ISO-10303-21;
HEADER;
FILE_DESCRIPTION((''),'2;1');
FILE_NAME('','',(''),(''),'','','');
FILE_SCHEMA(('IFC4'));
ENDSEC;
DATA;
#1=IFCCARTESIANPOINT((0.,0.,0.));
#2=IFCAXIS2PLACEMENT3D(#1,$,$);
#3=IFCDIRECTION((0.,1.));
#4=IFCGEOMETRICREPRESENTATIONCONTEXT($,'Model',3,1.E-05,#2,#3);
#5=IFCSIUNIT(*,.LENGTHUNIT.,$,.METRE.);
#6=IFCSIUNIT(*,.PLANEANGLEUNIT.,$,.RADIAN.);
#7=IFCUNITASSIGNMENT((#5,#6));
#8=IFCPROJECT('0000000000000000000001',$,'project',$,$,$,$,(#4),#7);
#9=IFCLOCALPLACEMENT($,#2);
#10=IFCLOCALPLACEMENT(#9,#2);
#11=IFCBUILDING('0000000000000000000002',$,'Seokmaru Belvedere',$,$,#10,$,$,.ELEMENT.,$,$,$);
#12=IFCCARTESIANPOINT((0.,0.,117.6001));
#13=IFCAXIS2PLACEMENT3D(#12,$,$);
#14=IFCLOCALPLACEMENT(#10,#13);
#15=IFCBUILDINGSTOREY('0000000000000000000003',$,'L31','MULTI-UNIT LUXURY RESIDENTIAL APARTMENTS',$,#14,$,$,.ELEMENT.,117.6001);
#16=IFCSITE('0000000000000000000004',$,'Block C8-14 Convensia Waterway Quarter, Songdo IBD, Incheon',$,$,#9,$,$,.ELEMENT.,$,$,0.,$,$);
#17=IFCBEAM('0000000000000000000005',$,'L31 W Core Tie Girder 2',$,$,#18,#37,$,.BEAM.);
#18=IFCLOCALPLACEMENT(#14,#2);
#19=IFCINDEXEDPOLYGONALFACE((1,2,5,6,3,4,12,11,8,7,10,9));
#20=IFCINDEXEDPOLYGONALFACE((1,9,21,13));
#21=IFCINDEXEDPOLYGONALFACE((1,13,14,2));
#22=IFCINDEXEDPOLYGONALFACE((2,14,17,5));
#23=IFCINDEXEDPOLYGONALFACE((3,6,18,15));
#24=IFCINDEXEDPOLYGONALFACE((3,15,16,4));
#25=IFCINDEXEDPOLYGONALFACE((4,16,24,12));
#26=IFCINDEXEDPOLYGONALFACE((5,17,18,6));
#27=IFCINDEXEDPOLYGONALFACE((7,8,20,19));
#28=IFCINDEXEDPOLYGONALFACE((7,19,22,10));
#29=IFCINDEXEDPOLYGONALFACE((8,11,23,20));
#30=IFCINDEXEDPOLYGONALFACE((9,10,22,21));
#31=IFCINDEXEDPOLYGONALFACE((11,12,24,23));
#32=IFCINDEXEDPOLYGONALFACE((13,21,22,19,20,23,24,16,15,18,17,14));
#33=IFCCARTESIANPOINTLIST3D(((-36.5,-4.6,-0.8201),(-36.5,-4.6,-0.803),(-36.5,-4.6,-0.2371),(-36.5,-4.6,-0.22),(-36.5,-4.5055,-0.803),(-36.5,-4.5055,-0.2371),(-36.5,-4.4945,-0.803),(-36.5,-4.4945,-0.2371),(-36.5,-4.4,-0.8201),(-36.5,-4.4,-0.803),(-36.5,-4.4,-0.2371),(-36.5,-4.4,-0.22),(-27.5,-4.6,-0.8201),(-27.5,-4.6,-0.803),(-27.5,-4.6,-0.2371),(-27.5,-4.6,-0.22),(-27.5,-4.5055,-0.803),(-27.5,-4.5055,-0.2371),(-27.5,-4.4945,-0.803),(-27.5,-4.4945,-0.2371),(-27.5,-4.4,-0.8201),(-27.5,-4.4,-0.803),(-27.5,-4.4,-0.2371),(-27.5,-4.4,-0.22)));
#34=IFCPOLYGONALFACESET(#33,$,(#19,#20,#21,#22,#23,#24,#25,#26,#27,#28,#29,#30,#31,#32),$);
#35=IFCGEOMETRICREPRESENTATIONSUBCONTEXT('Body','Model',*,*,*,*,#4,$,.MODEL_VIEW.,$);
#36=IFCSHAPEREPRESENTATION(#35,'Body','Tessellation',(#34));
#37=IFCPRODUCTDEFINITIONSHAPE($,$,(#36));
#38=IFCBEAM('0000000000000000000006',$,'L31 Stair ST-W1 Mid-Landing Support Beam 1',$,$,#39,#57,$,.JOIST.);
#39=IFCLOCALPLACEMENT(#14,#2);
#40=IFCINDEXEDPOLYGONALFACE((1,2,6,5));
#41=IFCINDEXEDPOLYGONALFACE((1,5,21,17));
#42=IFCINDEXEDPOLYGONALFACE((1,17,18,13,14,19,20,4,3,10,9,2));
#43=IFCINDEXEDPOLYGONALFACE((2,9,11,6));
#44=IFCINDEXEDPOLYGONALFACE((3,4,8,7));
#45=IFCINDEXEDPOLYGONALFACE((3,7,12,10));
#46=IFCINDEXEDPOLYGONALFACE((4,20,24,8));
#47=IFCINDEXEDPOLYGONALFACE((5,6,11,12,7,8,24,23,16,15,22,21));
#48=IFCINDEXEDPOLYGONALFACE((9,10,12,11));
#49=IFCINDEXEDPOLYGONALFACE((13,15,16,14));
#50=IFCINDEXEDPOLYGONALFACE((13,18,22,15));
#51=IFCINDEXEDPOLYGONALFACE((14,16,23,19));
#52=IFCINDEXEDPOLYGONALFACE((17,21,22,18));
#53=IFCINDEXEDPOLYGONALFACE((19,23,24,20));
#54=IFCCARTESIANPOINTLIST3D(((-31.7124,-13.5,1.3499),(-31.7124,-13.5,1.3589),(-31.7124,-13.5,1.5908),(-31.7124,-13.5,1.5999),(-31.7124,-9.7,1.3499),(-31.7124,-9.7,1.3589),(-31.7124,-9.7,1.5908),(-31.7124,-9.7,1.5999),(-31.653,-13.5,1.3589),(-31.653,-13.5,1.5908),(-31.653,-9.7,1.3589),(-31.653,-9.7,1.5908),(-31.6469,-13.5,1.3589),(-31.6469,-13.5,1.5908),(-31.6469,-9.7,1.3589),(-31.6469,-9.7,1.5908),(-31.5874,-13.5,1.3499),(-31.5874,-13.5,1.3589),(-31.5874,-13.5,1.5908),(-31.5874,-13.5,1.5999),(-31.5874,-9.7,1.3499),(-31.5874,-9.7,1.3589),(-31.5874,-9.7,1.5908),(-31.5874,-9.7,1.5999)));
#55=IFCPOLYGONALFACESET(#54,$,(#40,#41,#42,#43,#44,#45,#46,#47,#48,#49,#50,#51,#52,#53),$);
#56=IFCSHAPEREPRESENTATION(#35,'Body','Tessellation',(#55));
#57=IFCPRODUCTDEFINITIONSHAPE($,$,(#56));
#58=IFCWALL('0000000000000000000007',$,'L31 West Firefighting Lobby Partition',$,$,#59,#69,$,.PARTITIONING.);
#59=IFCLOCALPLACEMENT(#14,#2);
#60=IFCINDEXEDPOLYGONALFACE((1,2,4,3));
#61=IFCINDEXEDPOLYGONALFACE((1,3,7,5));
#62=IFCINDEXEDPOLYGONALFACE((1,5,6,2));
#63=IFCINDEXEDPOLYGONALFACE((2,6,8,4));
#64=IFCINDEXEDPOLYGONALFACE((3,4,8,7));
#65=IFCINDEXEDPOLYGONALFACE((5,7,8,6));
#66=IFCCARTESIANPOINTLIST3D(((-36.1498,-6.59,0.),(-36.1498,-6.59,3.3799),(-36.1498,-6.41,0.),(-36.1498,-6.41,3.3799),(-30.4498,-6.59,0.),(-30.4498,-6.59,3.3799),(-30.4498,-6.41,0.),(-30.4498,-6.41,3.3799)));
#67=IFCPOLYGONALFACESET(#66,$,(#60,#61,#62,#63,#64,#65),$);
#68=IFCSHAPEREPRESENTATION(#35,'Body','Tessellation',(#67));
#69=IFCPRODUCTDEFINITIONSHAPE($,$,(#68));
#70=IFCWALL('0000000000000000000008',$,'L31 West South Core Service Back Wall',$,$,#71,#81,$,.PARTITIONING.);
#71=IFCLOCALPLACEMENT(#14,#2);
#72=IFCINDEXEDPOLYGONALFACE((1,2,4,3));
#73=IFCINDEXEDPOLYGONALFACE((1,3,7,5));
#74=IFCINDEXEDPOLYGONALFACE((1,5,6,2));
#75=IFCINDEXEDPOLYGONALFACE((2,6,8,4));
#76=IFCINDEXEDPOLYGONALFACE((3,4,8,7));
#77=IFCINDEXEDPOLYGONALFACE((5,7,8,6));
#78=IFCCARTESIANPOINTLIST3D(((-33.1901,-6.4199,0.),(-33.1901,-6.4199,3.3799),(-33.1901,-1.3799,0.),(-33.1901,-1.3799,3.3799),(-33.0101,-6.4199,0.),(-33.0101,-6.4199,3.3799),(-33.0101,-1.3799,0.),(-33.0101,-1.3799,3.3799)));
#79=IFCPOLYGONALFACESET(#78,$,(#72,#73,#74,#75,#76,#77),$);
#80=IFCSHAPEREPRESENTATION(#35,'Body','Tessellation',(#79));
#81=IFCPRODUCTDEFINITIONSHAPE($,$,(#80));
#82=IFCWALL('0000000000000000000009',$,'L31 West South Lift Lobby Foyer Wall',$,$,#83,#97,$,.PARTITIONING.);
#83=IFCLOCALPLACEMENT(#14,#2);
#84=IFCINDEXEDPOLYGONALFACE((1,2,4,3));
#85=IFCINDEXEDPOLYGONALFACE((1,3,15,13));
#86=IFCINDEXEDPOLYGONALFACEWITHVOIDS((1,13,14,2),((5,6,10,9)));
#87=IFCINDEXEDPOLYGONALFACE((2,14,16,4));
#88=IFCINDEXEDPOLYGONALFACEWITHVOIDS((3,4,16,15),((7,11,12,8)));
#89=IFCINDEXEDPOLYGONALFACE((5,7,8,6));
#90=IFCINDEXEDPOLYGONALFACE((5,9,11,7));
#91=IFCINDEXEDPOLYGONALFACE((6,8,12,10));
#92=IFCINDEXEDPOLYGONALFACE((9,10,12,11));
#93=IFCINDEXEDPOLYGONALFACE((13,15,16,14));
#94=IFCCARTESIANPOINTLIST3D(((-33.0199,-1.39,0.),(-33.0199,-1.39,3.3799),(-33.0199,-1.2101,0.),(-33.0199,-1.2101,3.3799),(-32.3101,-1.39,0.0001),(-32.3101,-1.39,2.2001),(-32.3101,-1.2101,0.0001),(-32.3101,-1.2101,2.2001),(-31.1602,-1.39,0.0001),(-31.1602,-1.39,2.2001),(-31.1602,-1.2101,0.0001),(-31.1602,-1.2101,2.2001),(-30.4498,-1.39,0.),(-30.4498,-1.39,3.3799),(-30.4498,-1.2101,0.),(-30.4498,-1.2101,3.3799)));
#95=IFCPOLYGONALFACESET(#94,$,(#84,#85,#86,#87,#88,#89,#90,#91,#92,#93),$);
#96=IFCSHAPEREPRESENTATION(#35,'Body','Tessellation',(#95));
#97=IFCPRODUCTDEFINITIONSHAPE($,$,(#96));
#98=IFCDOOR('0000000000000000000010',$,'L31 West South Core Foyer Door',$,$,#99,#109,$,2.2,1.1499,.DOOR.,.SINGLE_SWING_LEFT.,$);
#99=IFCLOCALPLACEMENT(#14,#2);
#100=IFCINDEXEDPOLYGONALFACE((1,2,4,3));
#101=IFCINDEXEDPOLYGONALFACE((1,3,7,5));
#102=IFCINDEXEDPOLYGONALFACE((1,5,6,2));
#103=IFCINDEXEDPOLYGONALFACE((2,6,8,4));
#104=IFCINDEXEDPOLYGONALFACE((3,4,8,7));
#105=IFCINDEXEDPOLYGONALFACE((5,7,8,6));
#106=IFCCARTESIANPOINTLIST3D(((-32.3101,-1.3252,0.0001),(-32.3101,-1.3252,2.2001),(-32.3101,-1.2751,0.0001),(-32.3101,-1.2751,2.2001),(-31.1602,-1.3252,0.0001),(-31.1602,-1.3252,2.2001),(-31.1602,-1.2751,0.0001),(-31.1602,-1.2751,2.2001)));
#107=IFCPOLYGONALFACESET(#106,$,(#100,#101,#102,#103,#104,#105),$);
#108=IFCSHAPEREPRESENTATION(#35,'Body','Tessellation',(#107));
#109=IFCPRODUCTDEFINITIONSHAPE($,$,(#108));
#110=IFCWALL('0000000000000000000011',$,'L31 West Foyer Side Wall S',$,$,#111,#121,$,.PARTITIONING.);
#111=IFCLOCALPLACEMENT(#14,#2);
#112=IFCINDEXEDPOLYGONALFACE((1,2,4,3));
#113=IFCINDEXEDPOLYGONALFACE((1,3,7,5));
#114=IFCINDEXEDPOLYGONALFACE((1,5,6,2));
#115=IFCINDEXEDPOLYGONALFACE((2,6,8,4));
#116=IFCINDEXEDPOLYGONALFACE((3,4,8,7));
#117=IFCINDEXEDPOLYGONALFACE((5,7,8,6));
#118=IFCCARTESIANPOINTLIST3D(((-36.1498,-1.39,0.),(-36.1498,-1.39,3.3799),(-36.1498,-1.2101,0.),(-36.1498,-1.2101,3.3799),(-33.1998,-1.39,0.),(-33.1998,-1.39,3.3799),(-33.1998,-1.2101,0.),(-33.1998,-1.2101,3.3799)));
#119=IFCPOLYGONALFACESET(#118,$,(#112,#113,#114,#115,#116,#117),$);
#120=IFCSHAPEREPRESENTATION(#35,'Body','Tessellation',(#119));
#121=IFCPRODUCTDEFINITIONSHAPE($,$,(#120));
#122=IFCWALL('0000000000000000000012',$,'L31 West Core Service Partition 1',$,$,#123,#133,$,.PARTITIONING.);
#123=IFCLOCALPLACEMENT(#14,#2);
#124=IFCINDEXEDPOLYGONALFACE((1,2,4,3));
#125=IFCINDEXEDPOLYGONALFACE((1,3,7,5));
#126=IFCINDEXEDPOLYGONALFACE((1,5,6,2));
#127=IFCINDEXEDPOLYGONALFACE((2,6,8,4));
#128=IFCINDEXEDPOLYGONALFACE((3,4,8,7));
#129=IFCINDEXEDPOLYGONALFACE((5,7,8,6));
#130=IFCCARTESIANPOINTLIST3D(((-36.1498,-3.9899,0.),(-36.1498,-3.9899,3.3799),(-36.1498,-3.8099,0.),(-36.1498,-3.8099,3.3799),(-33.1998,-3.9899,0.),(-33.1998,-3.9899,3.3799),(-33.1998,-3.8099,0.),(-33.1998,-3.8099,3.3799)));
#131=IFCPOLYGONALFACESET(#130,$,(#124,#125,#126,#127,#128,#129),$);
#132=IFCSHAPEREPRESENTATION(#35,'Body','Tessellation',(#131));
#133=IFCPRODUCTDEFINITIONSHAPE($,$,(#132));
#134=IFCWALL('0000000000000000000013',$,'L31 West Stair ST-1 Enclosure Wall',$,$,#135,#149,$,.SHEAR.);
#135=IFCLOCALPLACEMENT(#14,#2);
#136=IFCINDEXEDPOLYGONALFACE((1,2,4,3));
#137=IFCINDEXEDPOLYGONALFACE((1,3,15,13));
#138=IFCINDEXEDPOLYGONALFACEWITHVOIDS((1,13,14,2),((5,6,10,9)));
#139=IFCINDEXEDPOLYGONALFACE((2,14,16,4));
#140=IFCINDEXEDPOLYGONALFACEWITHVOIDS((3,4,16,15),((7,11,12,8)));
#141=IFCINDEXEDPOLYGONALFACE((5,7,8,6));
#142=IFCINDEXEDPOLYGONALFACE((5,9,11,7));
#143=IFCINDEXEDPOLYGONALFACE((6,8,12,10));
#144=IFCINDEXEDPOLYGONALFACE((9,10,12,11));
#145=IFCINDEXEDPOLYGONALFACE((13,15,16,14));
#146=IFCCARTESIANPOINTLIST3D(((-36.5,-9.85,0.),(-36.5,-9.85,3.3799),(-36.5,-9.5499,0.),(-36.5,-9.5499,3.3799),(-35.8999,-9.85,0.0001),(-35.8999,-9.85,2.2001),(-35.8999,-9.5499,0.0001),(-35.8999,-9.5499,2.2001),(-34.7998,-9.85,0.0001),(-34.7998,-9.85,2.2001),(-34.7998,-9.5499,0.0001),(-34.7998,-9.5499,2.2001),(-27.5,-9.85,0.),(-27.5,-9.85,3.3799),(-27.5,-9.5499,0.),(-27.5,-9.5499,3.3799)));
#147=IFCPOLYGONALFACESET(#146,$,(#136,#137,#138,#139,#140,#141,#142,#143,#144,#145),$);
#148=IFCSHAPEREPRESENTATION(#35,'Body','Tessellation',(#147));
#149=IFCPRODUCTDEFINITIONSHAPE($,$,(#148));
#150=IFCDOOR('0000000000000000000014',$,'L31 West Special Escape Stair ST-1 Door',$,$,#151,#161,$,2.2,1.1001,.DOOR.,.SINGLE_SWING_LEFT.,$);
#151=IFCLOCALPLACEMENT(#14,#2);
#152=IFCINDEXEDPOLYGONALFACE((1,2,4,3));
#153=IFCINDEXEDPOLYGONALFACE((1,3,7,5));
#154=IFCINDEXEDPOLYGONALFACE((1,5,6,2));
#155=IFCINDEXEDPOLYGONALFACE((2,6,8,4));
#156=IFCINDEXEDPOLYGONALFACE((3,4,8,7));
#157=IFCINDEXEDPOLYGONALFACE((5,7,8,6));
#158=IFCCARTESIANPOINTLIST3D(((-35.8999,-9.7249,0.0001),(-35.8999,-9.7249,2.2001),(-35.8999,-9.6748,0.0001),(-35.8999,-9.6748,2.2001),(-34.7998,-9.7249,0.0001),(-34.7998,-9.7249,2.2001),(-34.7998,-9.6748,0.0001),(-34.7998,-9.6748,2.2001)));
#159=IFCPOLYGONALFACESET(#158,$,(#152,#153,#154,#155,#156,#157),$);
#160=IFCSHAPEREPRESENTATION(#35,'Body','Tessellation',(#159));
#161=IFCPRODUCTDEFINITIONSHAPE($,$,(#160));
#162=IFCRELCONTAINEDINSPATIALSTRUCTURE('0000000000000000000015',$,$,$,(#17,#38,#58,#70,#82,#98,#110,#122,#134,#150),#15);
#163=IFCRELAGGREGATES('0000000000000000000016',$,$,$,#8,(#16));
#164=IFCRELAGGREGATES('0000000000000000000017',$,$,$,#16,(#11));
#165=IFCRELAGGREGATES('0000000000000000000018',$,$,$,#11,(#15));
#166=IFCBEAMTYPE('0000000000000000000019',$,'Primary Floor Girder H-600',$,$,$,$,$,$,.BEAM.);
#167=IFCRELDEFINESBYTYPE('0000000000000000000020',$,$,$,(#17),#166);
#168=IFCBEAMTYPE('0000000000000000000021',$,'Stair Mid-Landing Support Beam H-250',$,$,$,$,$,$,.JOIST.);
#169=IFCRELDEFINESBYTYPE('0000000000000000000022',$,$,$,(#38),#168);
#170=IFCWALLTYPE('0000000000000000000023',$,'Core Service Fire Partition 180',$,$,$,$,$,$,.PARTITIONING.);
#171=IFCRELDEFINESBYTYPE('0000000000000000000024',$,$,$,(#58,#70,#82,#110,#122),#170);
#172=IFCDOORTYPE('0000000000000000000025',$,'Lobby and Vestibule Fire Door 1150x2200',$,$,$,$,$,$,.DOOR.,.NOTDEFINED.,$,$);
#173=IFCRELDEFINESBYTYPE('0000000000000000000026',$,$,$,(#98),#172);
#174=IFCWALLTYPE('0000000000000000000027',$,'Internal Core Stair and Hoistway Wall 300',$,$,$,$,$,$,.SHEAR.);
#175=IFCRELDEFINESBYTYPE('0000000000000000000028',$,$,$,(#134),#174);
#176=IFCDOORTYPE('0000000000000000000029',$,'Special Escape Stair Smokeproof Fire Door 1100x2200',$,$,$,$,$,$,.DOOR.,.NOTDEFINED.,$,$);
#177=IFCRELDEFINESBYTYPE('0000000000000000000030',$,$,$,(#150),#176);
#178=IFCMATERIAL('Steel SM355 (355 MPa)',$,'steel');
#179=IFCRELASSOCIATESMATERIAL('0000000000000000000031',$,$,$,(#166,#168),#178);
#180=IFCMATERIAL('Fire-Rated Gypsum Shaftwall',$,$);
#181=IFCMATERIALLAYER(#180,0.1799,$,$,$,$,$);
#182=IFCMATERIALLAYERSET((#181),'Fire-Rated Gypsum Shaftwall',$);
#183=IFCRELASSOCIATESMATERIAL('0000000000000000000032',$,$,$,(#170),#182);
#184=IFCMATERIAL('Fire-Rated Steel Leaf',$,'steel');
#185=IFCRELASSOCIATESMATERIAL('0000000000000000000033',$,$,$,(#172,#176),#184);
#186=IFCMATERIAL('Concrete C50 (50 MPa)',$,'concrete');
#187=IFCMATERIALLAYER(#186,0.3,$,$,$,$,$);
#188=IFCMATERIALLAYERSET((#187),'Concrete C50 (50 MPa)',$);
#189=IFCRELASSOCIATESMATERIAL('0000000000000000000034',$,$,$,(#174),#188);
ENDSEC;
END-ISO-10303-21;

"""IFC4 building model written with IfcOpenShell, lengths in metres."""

from ifc_helpers import new_model, si_unit, direction, frame, frame_2d, origin, origin_2d, place, context, subcontext, project, spatial, rectangle, i_section, extrude, source, transform, mapped, material, layer, layer_set, material_profile, profile_set, type_object, type_shapes, element, fill, save


model = new_model("IFC4")

# Units and contexts
model_context = context("Model", 3, precision=1e-05, world=origin(), true_north=direction((0.0, 1.0)))
body_context = subcontext(model_context, "Body", "Model", "MODEL_VIEW")
ifc_project = project(units=[si_unit("LENGTHUNIT", "METRE"), si_unit("PLANEANGLEUNIT", "RADIAN")], contexts=[model_context])

# Site, building, storey
site_placement = place(None, origin())
site = spatial("IfcSite", under=ifc_project, at=site_placement, Name="Block C8-14 Convensia Waterway Quarter, Songdo IBD, Incheon", CompositionType="ELEMENT", RefElevation=0.0)
building_placement = place(site_placement, origin())
building = spatial("IfcBuilding", under=site, at=building_placement, Name="Seokmaru Belvedere", CompositionType="ELEMENT")
storey_placement = place(building_placement, frame((0.0, 0.0, 117.6001)))
storey = spatial("IfcBuildingStorey", under=building, at=storey_placement, Name="L31", Description="MULTI-UNIT LUXURY RESIDENTIAL APARTMENTS", CompositionType="ELEMENT", Elevation=117.6001)

# Beams
ifc_material_1 = material(Name="Steel SM355 (355 MPa)", Category="steel")
ifc_material_profile_1 = material_profile(ifc_material_1, i_section(OverallWidth=0.2, OverallDepth=0.6001, WebThickness=0.011, FlangeThickness=0.0171, at=origin_2d()), Name="H-600x200x11x17")
ifc_profile_set_1 = profile_set([ifc_material_profile_1], Name="Steel SM355 (355 MPa)")
beam_type_1 = type_object("IfcBeamType", Name="Primary Floor Girder H-600", PredefinedType="BEAM", material=ifc_profile_set_1)
shared_shape_1 = source(origin(), body_context, "Body", "SweptSolid", [
    extrude(i_section(OverallWidth=0.2, OverallDepth=0.6001, WebThickness=0.011, FlangeThickness=0.0171, at=origin_2d()), origin(), (0.0, 0.0, 1.0), 9.0),
])
type_shapes(beam_type_1, [shared_shape_1])
beam_1_placement = place(storey_placement, frame((-36.5, -4.5, -0.52), z_axis=(1.0, 0.0, 0.0), x_axis=(0.0, 1.0, 0.0)))
element("IfcBeam", 1, at=beam_1_placement, inside=storey, type_object=beam_type_1, Name="L31 W Core Tie Girder 2", PredefinedType="BEAM", context=body_context, shape_type="MappedRepresentation", body=[
    mapped(shared_shape_1, transform((0.0, 0.0, 0.0), scale=1.0)),
])
ifc_material_profile_2 = material_profile(ifc_material_1, i_section(OverallWidth=0.125, OverallDepth=0.25, WebThickness=0.0061, FlangeThickness=0.009, at=origin_2d()), Name="H-250x125x6x9")
ifc_profile_set_2 = profile_set([ifc_material_profile_2], Name="Steel SM355 (355 MPa)")
beam_type_2 = type_object("IfcBeamType", Name="Stair Mid-Landing Support Beam H-250", PredefinedType="JOIST", material=ifc_profile_set_2)
shared_shape_2 = source(origin(), body_context, "Body", "SweptSolid", [
    extrude(i_section(OverallWidth=0.125, OverallDepth=0.25, WebThickness=0.0061, FlangeThickness=0.009, at=origin_2d()), origin(), (0.0, 0.0, 1.0), 3.8),
])
type_shapes(beam_type_2, [shared_shape_2])
beam_2_placement = place(storey_placement, frame((-31.6499, -13.5, 1.4749), z_axis=(0.0, 1.0, 0.0), x_axis=(-1.0, 0.0, 0.0)))
element("IfcBeam", 2, at=beam_2_placement, inside=storey, type_object=beam_type_2, Name="L31 Stair ST-W1 Mid-Landing Support Beam 1", PredefinedType="JOIST", context=body_context, shape_type="MappedRepresentation", body=[
    mapped(shared_shape_2, transform((0.0, 0.0, 0.0), scale=1.0)),
])

# Walls
ifc_material_2 = material(Name="Fire-Rated Gypsum Shaftwall")
ifc_layer_1 = layer(ifc_material_2, 0.1799)
ifc_layer_set_1 = layer_set([ifc_layer_1], Name="Fire-Rated Gypsum Shaftwall")
wall_type_1 = type_object("IfcWallType", Name="Core Service Fire Partition 180", PredefinedType="PARTITIONING", material=ifc_layer_set_1)
wall_1_placement = place(storey_placement, frame((-36.1499, -6.5, 0.0), z_axis=(0.0, 0.0, 1.0), x_axis=(1.0, 0.0, 0.0)))
element("IfcWall", 3, at=wall_1_placement, inside=storey, type_object=wall_type_1, Name="L31 West Firefighting Lobby Partition", PredefinedType="PARTITIONING", context=body_context, shape_type="SweptSolid", body=[
    extrude(rectangle(XDim=5.7, YDim=0.1799, at=frame_2d((2.8501, 0.0))), origin(), (0.0, 0.0, 1.0), 3.3799),
])
wall_2_placement = place(storey_placement, frame((-33.1001, -6.4199, 0.0), z_axis=(0.0, 0.0, 1.0), x_axis=(0.0, 1.0, 0.0)))
element("IfcWall", 4, at=wall_2_placement, inside=storey, type_object=wall_type_1, Name="L31 West South Core Service Back Wall", PredefinedType="PARTITIONING", context=body_context, shape_type="SweptSolid", body=[
    extrude(rectangle(XDim=5.04, YDim=0.1799, at=frame_2d((2.52, 0.0))), origin(), (0.0, 0.0, 1.0), 3.3799),
])

# Wall, opening, door
wall_3_placement = place(storey_placement, frame((-33.02, -1.3, 0.0), z_axis=(0.0, 0.0, 1.0), x_axis=(1.0, 0.0, 0.0)))
wall_3 = element("IfcWall", 5, at=wall_3_placement, inside=storey, type_object=wall_type_1, Name="L31 West South Lift Lobby Foyer Wall", PredefinedType="PARTITIONING", context=body_context, shape_type="SweptSolid", body=[
    extrude(rectangle(XDim=2.5701, YDim=0.1799, at=frame_2d((1.2852, 0.0))), origin(), (0.0, 0.0, 1.0), 3.3799),
])
opening_1_placement = place(wall_3_placement, frame((0.71, 0.0, 0.0)))
opening_1 = element("IfcOpeningElement", 6, at=opening_1_placement, cuts=wall_3, PredefinedType="OPENING", context=body_context, shape_type="SweptSolid", body=[
    extrude(rectangle(XDim=1.1499, YDim=2.2, at=frame_2d((0.575, 1.1001))), frame((0.0, 0.1001, 0.0), z_axis=(0.0, -1.0, 0.0), x_axis=(1.0, 0.0, 0.0)), (0.0, 0.0, 1.0), 0.2),
])
ifc_material_3 = material(Name="Fire-Rated Steel Leaf", Category="steel")
door_type_1 = type_object("IfcDoorType", Name="Lobby and Vestibule Fire Door 1150x2200", OperationType="NOTDEFINED", PredefinedType="DOOR", material=ifc_material_3)
shared_shape_3 = source(origin(), body_context, "Body", "SweptSolid", [
    extrude(rectangle(XDim=1.1499, YDim=2.2, at=frame_2d((0.575, 1.1001))), frame((0.0, 0.0249, 0.0), z_axis=(0.0, -1.0, 0.0), x_axis=(1.0, 0.0, 0.0)), (0.0, 0.0, 1.0), 0.05),
])
type_shapes(door_type_1, [shared_shape_3])
door_1_placement = place(opening_1_placement, origin())
door_1 = element("IfcDoor", 7, at=door_1_placement, inside=storey, type_object=door_type_1, Name="L31 West South Core Foyer Door", OperationType="SINGLE_SWING_LEFT", OverallHeight=2.2, OverallWidth=1.1499, PredefinedType="DOOR", context=body_context, shape_type="MappedRepresentation", body=[
    mapped(shared_shape_3, transform((0.0, 0.0, 0.0), scale=1.0)),
])
fill(opening_1, door_1)

# Walls
for number, where, z_axis, x_axis, name in (
    (8, (-36.1499, -1.3, 0.0), (0.0, 0.0, 1.0), (1.0, 0.0, 0.0), "L31 West Foyer Side Wall S"),
    (9, (-36.1499, -3.8999, 0.0), (0.0, 0.0, 1.0), (1.0, 0.0, 0.0), "L31 West Core Service Partition 1"),
):
    element("IfcWall", number, at=place(storey_placement, frame(where, z_axis=z_axis, x_axis=x_axis)), inside=storey, type_object=wall_type_1, Name=name, PredefinedType="PARTITIONING", context=body_context, shape_type="SweptSolid", body=[
        extrude(rectangle(XDim=2.95, YDim=0.1799, at=frame_2d((1.4751, 0.0))), origin(), (0.0, 0.0, 1.0), 3.3799),
    ])

# Wall, opening, door
ifc_material_4 = material(Name="Concrete C50 (50 MPa)", Category="concrete")
ifc_layer_2 = layer(ifc_material_4, 0.3)
ifc_layer_set_2 = layer_set([ifc_layer_2], Name="Concrete C50 (50 MPa)")
wall_type_2 = type_object("IfcWallType", Name="Internal Core Stair and Hoistway Wall 300", PredefinedType="SHEAR", material=ifc_layer_set_2)
wall_4_placement = place(storey_placement, frame((-36.5, -9.7, 0.0), z_axis=(0.0, 0.0, 1.0), x_axis=(1.0, 0.0, 0.0)))
wall_4 = element("IfcWall", 10, at=wall_4_placement, inside=storey, type_object=wall_type_2, Name="L31 West Stair ST-1 Enclosure Wall", PredefinedType="SHEAR", context=body_context, shape_type="SweptSolid", body=[
    extrude(rectangle(XDim=9.0, YDim=0.3, at=frame_2d((4.5, 0.0))), origin(), (0.0, 0.0, 1.0), 3.3799),
])
opening_2_placement = place(wall_4_placement, frame((0.6001, 0.0, 0.0)))
opening_2 = element("IfcOpeningElement", 11, at=opening_2_placement, cuts=wall_4, PredefinedType="OPENING", context=body_context, shape_type="SweptSolid", body=[
    extrude(rectangle(XDim=1.1001, YDim=2.2, at=frame_2d((0.55, 1.1001))), frame((0.0, 0.1602, 0.0), z_axis=(0.0, -1.0, 0.0), x_axis=(1.0, 0.0, 0.0)), (0.0, 0.0, 1.0), 0.3201),
])
door_type_2 = type_object("IfcDoorType", Name="Special Escape Stair Smokeproof Fire Door 1100x2200", OperationType="NOTDEFINED", PredefinedType="DOOR", material=ifc_material_3)
shared_shape_4 = source(origin(), body_context, "Body", "SweptSolid", [
    extrude(rectangle(XDim=1.1001, YDim=2.2, at=frame_2d((0.55, 1.1001))), frame((0.0, 0.0249, 0.0), z_axis=(0.0, -1.0, 0.0), x_axis=(1.0, 0.0, 0.0)), (0.0, 0.0, 1.0), 0.05),
])
type_shapes(door_type_2, [shared_shape_4])
door_2_placement = place(opening_2_placement, frame((1.1001, 0.0, 0.0), z_axis=(0.0, 0.0, 1.0), x_axis=(-1.0, 0.0, 0.0)))
door_2 = element("IfcDoor", 12, at=door_2_placement, inside=storey, type_object=door_type_2, Name="L31 West Special Escape Stair ST-1 Door", OperationType="SINGLE_SWING_LEFT", OverallHeight=2.2, OverallWidth=1.1001, PredefinedType="DOOR", context=body_context, shape_type="MappedRepresentation", body=[
    mapped(shared_shape_4, transform((0.0, 0.0, 0.0), scale=1.0)),
])
fill(opening_2, door_2)

save(model, "model.ifc")
